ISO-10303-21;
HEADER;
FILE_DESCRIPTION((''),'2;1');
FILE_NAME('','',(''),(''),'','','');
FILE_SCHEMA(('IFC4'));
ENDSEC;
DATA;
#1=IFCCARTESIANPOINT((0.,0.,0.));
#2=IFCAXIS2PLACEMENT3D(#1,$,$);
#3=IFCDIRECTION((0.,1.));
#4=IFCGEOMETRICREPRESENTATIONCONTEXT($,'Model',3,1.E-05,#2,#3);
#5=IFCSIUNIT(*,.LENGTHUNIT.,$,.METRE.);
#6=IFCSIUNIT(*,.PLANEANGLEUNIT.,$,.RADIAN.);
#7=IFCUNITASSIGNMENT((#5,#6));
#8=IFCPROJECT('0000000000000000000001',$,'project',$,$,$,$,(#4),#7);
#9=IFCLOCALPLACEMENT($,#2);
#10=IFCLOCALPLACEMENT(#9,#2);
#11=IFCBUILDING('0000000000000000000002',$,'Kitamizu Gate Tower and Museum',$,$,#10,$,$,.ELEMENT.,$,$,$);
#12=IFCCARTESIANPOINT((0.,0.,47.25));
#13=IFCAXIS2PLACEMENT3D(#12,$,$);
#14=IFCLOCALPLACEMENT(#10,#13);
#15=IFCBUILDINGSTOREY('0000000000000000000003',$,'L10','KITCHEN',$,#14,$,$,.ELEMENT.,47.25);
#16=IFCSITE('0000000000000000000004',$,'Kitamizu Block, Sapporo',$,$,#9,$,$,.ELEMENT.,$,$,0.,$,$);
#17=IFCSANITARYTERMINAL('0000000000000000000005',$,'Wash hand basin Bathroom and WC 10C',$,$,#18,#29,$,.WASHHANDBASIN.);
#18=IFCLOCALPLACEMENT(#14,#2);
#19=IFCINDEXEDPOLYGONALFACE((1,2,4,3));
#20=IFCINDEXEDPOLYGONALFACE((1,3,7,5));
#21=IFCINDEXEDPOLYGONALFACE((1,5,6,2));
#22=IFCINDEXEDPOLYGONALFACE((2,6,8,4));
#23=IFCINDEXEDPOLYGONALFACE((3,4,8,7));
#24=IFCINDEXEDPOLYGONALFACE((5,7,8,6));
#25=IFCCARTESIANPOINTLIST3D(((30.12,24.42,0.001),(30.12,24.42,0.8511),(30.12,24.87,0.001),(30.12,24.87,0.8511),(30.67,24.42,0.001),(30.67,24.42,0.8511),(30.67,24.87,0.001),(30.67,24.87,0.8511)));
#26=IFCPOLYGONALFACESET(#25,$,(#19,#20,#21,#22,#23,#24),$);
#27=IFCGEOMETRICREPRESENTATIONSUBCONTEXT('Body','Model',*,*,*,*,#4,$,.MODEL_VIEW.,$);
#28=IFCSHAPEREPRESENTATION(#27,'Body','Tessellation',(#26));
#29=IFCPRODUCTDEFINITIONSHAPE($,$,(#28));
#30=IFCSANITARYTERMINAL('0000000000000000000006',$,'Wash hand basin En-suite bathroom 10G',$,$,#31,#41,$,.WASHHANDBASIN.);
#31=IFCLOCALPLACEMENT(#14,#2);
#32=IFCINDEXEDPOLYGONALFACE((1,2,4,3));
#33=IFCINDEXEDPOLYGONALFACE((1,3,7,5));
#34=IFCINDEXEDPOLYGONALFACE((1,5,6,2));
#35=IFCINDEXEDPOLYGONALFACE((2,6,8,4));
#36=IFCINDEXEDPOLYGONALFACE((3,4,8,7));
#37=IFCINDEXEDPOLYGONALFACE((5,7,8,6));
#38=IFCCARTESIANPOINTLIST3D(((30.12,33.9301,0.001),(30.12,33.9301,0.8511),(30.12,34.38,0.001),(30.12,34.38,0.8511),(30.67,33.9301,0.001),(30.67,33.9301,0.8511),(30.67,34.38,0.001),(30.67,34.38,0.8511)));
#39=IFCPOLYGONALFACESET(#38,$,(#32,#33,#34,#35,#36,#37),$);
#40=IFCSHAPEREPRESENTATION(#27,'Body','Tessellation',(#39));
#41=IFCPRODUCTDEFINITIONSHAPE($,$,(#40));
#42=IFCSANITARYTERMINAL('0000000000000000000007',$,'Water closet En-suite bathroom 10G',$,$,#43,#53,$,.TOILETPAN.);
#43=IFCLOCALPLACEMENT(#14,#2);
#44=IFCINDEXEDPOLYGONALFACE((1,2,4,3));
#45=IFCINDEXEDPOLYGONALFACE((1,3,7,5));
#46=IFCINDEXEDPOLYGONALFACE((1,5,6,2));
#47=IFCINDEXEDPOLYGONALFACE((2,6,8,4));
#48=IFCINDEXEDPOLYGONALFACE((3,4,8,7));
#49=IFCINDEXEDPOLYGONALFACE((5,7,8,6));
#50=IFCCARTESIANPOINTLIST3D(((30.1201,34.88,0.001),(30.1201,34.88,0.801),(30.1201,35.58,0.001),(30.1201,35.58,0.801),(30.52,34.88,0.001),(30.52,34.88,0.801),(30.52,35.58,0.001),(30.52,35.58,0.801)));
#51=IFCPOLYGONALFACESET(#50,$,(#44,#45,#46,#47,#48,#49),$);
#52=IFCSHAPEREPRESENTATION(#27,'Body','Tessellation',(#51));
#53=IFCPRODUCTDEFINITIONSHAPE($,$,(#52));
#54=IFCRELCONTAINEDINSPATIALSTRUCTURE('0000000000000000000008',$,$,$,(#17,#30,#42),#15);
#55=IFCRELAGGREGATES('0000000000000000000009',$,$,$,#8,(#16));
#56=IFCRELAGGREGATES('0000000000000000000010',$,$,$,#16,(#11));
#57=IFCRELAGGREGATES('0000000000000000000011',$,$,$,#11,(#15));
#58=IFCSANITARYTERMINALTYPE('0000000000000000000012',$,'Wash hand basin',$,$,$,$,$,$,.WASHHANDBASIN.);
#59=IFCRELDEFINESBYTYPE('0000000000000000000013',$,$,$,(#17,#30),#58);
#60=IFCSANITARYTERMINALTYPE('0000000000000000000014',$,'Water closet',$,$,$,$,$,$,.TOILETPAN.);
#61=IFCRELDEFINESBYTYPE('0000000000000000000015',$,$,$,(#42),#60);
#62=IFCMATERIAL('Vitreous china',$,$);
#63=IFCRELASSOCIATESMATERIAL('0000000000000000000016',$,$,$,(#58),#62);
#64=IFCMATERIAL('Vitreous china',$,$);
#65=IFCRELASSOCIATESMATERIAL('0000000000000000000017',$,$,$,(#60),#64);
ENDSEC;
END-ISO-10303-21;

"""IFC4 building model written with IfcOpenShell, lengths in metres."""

from ifc_helpers import new_model, si_unit, direction, frame, origin, origin_2d, place, context, subcontext, project, spatial, rectangle, extrude, material, type_object, element, save


model = new_model("IFC4")

# Units and contexts
model_context = context("Model", 3, precision=1e-05, world=origin(), true_north=direction((0.0, 1.0)))
body_context = subcontext(model_context, "Body", "Model", "MODEL_VIEW")
ifc_project = project(units=[si_unit("LENGTHUNIT", "METRE"), si_unit("PLANEANGLEUNIT", "RADIAN")], contexts=[model_context])

# Site, building, storey
site_placement = place(None, origin())
site = spatial("IfcSite", under=ifc_project, at=site_placement, Name="Kitamizu Block, Sapporo", CompositionType="ELEMENT", RefElevation=0.0)
building_placement = place(site_placement, origin())
building = spatial("IfcBuilding", under=site, at=building_placement, Name="Kitamizu Gate Tower and Museum", CompositionType="ELEMENT")
storey_placement = place(building_placement, frame((0.0, 0.0, 47.25)))
storey = spatial("IfcBuildingStorey", under=building, at=storey_placement, Name="L10", Description="KITCHEN", CompositionType="ELEMENT", Elevation=47.25)

# Sanitary terminals
ifc_material_1 = material(Name="Vitreous china")
sanitary_terminal_type_1 = type_object("IfcSanitaryTerminalType", Name="Wash hand basin", PredefinedType="WASHHANDBASIN", material=ifc_material_1)
for number, where, z_axis, x_axis, name in (
    (1, (30.395, 24.645, 0.001), (0.0, 0.0, 1.0), (1.0, 0.0, 0.0), "Wash hand basin Bathroom and WC 10C"),
    (2, (30.395, 34.155, 0.001), (0.0, 0.0, 1.0), (1.0, 0.0, 0.0), "Wash hand basin En-suite bathroom 10G"),
):
    element("IfcSanitaryTerminal", number, at=place(storey_placement, frame(where, z_axis=z_axis, x_axis=x_axis)), inside=storey, type_object=sanitary_terminal_type_1, Name=name, PredefinedType="WASHHANDBASIN", context=body_context, shape_type="SweptSolid", body=[
        extrude(rectangle(XDim=0.55, YDim=0.45, at=origin_2d()), origin(), (0.0, 0.0, 1.0), 0.8501),
    ])
ifc_material_2 = material(Name="Vitreous china")
sanitary_terminal_type_2 = type_object("IfcSanitaryTerminalType", Name="Water closet", PredefinedType="TOILETPAN", material=ifc_material_2)
sanitary_terminal_1_placement = place(storey_placement, frame((30.3201, 35.23, 0.001), z_axis=(0.0, 0.0, 1.0), x_axis=(1.0, 0.0, 0.0)))
element("IfcSanitaryTerminal", 3, at=sanitary_terminal_1_placement, inside=storey, type_object=sanitary_terminal_type_2, Name="Water closet En-suite bathroom 10G", PredefinedType="TOILETPAN", context=body_context, shape_type="SweptSolid", body=[
    extrude(rectangle(XDim=0.3999, YDim=0.7, at=origin_2d()), origin(), (0.0, 0.0, 1.0), 0.8),
])

save(model, "model.ifc")
